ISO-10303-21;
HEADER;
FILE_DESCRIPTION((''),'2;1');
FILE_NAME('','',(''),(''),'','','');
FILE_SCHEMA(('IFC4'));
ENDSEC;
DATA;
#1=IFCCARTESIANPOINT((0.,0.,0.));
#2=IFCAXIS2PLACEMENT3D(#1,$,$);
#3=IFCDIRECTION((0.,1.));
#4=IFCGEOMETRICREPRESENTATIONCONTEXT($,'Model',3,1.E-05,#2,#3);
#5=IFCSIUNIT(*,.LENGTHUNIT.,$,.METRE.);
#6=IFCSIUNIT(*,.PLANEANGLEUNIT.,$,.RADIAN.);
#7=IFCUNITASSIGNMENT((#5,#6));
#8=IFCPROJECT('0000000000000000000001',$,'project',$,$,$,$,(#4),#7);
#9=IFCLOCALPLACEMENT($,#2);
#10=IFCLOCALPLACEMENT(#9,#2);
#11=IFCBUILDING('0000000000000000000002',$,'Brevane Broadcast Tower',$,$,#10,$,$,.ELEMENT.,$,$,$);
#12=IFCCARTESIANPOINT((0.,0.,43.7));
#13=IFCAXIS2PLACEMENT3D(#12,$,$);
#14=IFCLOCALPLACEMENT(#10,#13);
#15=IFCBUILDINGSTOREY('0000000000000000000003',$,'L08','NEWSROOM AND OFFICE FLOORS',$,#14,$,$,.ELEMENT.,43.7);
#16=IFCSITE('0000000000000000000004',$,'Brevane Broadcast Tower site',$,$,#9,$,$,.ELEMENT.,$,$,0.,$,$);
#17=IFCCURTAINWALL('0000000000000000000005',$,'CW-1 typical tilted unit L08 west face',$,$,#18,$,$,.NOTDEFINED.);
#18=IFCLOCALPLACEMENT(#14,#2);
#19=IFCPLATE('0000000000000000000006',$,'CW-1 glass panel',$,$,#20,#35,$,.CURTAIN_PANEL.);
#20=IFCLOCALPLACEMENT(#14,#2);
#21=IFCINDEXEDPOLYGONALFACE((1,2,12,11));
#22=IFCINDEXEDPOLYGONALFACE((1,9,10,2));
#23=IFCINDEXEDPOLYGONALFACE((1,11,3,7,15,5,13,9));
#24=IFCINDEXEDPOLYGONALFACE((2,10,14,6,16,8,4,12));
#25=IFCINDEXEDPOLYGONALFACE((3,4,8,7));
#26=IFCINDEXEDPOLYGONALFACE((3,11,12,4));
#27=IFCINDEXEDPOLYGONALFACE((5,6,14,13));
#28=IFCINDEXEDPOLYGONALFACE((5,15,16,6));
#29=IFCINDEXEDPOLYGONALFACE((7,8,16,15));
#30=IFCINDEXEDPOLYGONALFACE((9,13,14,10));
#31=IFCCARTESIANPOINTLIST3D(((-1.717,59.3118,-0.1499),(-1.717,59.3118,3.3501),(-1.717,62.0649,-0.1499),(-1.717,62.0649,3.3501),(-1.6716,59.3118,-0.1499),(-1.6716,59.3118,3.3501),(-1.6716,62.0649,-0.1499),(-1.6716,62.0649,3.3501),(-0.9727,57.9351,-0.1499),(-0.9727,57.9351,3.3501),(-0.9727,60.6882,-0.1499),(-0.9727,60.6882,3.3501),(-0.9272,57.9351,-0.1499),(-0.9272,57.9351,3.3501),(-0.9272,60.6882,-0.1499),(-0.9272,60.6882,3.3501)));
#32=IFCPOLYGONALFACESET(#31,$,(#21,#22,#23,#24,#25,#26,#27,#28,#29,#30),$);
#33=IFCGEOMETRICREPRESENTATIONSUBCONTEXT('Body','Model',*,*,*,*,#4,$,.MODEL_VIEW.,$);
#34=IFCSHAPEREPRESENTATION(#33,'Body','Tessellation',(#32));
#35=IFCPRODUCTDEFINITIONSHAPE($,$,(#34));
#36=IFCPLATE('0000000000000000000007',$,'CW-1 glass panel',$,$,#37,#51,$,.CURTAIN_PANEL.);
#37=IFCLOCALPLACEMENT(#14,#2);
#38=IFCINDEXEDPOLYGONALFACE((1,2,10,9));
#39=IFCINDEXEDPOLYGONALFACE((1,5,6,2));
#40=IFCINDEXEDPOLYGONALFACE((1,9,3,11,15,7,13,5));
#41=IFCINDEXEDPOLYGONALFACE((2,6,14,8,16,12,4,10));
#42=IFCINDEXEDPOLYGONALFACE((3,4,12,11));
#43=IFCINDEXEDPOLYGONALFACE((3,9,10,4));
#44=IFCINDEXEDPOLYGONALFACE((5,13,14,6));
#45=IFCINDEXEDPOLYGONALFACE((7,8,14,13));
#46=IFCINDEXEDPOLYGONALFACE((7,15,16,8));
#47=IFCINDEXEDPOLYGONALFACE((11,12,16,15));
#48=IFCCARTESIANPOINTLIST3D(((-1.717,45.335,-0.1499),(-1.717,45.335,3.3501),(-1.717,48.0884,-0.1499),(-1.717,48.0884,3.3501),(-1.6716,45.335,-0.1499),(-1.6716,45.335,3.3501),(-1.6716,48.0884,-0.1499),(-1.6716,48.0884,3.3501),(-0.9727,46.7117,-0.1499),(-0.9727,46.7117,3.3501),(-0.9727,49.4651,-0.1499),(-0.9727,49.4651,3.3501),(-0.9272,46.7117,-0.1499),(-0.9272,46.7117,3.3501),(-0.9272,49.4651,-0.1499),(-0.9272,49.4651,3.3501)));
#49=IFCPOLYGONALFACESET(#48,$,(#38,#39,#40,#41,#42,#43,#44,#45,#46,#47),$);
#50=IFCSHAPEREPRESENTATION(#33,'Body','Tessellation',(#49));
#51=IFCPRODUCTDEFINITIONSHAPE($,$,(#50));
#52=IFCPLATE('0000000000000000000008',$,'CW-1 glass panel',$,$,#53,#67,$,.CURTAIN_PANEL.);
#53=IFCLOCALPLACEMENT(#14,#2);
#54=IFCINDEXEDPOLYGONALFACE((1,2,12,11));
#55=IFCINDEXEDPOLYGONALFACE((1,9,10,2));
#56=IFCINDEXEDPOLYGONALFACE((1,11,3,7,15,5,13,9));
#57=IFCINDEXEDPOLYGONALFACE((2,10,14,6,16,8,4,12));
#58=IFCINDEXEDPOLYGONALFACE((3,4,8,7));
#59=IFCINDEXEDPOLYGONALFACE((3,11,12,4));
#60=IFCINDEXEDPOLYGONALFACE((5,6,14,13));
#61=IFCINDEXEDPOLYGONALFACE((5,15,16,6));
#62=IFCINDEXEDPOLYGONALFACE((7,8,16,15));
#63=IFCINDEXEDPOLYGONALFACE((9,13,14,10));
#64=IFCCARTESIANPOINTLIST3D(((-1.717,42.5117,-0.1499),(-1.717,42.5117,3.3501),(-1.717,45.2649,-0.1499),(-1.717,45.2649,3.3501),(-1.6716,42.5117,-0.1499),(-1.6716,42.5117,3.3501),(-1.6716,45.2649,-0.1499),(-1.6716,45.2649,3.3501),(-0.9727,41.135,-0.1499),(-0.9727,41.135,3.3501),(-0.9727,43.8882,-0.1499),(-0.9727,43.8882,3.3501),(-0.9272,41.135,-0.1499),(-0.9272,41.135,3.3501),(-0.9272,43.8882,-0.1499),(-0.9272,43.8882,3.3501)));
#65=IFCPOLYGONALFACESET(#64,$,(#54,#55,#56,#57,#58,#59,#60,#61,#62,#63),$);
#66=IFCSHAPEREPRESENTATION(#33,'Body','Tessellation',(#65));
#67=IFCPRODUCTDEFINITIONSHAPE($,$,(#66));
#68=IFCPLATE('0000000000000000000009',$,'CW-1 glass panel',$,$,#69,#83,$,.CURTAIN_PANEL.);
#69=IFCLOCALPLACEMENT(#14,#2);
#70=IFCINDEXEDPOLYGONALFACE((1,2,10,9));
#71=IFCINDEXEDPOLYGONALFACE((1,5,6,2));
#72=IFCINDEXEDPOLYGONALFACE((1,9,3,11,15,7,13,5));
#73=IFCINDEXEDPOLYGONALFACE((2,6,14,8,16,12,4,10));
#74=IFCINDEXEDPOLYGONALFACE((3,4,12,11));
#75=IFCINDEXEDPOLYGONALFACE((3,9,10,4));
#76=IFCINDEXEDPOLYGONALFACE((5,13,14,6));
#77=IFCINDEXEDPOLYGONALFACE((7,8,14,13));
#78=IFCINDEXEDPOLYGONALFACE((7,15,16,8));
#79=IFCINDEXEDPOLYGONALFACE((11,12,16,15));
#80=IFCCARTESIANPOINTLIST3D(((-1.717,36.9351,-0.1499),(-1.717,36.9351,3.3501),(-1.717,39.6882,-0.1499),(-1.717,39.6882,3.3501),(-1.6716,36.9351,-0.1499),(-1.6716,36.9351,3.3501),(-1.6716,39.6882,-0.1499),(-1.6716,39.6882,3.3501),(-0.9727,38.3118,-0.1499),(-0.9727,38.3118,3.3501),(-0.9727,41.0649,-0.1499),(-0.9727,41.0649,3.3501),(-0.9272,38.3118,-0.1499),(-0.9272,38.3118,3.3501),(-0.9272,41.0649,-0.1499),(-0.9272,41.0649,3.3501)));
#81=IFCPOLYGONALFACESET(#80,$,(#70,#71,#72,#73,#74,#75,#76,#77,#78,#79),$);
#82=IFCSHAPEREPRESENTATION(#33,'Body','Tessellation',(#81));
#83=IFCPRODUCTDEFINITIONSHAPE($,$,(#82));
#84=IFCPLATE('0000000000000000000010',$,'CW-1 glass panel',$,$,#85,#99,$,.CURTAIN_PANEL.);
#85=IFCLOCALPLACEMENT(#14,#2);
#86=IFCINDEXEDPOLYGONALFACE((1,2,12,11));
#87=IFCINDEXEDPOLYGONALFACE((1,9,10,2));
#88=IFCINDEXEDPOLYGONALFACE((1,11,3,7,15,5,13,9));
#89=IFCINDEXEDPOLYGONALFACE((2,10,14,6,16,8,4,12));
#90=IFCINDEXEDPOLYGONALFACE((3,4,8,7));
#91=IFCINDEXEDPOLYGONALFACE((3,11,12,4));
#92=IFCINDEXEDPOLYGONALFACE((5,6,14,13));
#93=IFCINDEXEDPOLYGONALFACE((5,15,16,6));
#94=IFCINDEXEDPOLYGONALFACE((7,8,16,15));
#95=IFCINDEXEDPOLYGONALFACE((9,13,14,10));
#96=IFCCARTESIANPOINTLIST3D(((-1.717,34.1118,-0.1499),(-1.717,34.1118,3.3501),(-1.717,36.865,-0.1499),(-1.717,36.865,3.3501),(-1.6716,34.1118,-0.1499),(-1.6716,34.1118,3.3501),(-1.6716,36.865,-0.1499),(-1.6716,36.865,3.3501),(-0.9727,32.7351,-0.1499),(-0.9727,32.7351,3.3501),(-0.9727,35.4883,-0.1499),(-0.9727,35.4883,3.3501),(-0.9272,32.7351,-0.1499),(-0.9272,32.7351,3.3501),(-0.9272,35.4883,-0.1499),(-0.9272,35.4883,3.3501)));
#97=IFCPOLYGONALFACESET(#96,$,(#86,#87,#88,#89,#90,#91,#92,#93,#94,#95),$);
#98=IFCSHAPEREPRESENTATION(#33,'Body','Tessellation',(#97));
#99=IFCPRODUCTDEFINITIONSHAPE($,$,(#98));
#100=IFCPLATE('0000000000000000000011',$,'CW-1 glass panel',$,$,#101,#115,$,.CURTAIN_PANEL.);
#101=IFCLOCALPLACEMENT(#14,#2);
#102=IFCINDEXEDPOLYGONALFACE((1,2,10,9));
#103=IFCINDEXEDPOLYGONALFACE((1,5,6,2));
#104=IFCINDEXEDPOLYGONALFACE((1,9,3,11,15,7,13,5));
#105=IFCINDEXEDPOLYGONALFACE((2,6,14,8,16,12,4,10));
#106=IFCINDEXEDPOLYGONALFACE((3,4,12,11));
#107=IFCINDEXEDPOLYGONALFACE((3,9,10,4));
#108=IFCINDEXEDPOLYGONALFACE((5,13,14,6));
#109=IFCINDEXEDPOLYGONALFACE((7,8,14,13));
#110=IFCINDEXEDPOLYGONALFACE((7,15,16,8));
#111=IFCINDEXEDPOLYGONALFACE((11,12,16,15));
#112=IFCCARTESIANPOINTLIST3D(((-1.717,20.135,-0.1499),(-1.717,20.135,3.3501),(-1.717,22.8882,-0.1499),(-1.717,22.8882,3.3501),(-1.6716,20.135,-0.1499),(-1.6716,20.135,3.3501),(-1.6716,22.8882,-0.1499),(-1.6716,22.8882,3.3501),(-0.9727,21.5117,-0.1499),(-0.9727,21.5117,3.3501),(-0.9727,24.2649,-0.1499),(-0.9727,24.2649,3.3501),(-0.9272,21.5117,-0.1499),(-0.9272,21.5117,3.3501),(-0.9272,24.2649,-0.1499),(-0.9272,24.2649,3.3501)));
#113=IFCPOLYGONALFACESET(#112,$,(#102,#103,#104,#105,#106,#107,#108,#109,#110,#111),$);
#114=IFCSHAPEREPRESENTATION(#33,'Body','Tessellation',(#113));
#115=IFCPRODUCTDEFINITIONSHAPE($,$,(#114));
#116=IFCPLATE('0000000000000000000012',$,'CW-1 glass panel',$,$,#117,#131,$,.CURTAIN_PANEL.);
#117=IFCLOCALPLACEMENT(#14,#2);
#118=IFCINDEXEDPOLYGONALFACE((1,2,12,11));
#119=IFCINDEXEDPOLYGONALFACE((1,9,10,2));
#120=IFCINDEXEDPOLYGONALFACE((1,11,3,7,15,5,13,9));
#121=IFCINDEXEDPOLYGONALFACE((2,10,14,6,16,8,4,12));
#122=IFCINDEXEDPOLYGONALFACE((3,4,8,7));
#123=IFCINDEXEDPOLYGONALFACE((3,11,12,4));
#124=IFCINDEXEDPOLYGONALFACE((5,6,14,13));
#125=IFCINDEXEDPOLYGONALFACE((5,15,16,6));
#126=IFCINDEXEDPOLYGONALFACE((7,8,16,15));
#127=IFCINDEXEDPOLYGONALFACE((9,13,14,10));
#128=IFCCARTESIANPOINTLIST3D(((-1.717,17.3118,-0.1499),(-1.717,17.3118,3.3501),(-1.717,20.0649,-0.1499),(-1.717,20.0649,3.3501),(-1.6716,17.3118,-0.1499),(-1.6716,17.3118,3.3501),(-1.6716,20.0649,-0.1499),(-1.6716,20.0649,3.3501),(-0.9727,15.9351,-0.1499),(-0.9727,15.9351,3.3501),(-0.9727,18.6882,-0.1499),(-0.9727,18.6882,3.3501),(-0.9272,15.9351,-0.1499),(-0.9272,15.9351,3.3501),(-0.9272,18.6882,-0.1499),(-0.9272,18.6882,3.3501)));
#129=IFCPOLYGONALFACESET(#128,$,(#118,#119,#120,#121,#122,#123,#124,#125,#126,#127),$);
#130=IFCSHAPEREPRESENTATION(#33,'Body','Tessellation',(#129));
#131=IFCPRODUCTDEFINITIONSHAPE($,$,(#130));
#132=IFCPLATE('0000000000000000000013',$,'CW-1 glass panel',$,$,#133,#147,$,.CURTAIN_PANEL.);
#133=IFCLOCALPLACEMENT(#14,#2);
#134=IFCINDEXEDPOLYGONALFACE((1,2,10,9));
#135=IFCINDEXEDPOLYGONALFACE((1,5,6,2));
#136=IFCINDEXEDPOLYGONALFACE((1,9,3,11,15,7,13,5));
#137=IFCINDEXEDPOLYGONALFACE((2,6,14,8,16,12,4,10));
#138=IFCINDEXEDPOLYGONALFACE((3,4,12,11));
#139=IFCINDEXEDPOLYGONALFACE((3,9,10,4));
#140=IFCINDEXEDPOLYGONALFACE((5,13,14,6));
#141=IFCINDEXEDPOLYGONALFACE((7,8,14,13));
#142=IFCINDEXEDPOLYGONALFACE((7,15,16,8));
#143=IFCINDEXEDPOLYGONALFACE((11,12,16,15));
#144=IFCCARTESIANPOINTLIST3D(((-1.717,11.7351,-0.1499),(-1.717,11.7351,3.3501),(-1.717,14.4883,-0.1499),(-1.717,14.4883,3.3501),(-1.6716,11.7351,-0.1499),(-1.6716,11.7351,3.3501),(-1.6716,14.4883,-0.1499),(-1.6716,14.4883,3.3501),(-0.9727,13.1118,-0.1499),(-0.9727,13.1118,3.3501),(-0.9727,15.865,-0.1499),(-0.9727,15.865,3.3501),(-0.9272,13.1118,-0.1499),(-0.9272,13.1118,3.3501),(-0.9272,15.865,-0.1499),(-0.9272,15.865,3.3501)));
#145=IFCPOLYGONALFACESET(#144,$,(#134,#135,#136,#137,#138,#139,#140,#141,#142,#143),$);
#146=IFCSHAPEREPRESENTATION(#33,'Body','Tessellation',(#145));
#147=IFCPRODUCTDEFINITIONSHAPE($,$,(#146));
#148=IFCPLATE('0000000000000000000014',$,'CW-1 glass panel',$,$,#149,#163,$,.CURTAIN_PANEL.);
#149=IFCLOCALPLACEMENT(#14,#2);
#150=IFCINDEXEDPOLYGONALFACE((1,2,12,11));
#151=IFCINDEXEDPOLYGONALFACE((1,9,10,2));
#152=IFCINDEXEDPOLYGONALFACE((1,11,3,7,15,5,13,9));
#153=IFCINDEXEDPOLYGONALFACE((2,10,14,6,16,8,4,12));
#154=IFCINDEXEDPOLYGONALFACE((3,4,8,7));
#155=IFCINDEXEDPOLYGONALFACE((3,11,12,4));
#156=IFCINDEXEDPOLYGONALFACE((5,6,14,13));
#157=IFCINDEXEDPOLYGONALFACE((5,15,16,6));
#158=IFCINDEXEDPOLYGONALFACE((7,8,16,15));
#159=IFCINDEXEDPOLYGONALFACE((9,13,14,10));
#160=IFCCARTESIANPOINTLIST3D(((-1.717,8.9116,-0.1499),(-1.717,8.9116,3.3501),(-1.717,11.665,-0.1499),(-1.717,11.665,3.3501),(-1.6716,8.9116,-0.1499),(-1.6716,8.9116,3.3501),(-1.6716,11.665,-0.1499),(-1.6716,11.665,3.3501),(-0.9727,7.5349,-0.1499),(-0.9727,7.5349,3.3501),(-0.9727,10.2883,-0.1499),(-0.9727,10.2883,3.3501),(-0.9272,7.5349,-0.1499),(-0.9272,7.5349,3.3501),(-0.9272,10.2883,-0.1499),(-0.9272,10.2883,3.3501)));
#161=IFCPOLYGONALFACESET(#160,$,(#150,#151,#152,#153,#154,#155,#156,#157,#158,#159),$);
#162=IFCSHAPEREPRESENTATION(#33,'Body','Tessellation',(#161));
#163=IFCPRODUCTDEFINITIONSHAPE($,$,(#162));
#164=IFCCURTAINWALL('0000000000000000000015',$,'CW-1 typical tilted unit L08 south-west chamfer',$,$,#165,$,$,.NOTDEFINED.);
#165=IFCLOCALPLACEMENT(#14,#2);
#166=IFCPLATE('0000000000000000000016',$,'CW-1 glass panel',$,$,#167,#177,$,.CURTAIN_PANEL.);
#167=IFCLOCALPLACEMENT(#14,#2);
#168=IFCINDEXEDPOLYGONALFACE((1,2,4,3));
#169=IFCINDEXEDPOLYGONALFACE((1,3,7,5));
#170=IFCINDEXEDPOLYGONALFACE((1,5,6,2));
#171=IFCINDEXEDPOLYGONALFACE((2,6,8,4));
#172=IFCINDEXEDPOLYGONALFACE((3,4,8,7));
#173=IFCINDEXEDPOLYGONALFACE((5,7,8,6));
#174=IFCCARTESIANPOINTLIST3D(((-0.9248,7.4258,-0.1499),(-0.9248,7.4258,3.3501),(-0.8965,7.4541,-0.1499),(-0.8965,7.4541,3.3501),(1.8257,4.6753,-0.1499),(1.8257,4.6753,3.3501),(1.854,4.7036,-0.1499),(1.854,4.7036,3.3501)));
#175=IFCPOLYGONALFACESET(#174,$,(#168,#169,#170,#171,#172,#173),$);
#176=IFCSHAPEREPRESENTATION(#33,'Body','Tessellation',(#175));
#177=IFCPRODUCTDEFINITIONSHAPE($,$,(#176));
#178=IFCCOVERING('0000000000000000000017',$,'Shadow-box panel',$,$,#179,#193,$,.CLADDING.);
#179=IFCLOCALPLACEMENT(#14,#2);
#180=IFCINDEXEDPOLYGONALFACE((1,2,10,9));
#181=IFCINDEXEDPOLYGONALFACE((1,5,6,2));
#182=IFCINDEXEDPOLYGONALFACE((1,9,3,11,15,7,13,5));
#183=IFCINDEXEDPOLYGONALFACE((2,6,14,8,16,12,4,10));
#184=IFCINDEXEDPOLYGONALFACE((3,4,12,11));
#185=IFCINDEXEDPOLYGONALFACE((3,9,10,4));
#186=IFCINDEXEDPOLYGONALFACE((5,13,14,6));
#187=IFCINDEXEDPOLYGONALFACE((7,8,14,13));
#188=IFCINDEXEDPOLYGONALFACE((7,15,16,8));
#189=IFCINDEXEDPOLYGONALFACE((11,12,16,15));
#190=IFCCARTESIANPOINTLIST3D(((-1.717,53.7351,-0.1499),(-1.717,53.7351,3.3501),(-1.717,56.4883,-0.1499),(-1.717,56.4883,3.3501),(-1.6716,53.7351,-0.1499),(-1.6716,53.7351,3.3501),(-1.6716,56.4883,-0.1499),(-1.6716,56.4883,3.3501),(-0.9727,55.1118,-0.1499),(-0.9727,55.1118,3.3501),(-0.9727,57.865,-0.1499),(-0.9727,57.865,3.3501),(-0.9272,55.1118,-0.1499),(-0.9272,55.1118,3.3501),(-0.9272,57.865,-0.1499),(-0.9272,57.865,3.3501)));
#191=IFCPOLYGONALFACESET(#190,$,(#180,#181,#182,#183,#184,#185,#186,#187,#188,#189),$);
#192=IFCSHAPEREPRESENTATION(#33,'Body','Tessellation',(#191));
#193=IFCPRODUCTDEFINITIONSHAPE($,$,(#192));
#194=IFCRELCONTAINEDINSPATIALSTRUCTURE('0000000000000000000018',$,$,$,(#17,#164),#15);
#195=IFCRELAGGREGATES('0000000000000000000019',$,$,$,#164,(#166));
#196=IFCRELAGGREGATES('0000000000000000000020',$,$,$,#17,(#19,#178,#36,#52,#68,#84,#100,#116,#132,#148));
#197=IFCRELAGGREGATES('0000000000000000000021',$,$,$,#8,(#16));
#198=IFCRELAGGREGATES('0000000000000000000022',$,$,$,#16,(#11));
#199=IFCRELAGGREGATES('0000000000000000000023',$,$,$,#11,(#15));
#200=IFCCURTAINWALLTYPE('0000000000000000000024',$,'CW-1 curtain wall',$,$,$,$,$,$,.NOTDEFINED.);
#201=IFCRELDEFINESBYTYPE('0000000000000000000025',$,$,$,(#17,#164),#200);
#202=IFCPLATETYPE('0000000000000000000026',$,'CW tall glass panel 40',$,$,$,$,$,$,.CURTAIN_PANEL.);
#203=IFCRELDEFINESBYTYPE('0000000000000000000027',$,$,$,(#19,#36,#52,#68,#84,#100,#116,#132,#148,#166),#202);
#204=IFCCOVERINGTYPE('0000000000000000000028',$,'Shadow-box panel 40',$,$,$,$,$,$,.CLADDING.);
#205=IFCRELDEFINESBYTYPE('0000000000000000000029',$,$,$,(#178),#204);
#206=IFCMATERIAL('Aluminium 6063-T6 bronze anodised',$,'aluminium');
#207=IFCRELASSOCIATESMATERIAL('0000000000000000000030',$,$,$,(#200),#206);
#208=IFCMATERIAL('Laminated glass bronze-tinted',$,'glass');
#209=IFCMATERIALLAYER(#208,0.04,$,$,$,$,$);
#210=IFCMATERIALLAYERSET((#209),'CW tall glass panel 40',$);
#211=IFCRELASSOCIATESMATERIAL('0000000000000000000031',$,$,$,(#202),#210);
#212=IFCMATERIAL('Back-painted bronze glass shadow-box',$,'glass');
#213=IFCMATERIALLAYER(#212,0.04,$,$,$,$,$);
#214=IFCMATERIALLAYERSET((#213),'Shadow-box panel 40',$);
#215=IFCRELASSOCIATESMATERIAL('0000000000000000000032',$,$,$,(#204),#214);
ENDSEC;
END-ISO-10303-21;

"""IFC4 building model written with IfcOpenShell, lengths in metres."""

from ifc_helpers import new_model, si_unit, direction, frame, origin, place, context, subcontext, project, spatial, polyline, outline, extrude, material, layer, layer_set, type_object, element, aggregate, save


model = new_model("IFC4")

# Units and contexts
model_context = context("Model", 3, precision=1e-05, world=origin(), true_north=direction((0.0, 1.0)))
body_context = subcontext(model_context, "Body", "Model", "MODEL_VIEW")
ifc_project = project(units=[si_unit("LENGTHUNIT", "METRE"), si_unit("PLANEANGLEUNIT", "RADIAN")], contexts=[model_context])

# Site, building, storey
site_placement = place(None, origin())
site = spatial("IfcSite", under=ifc_project, at=site_placement, Name="Brevane Broadcast Tower site", CompositionType="ELEMENT", RefElevation=0.0)
building_placement = place(site_placement, origin())
building = spatial("IfcBuilding", under=site, at=building_placement, Name="Brevane Broadcast Tower", CompositionType="ELEMENT")
storey_placement = place(building_placement, frame((0.0, 0.0, 43.7)))
storey = spatial("IfcBuildingStorey", under=building, at=storey_placement, Name="L08", Description="NEWSROOM AND OFFICE FLOORS", CompositionType="ELEMENT", Elevation=43.7)

# Curtain wall, plates
ifc_material_1 = material(Name="Aluminium 6063-T6 bronze anodised", Category="aluminium")
curtain_wall_type = type_object("IfcCurtainWallType", Name="CW-1 curtain wall", PredefinedType="NOTDEFINED", material=ifc_material_1)
curtain_wall_1_placement = place(storey_placement, origin())
curtain_wall_1 = element("IfcCurtainWall", 1, at=curtain_wall_1_placement, inside=storey, type_object=curtain_wall_type, Name="CW-1 typical tilted unit L08 west face", PredefinedType="NOTDEFINED")
ifc_material_2 = material(Name="Laminated glass bronze-tinted", Category="glass")
ifc_layer_1 = layer(ifc_material_2, 0.04)
ifc_layer_set_1 = layer_set([ifc_layer_1], Name="CW tall glass panel 40")
plate_type = type_object("IfcPlateType", Name="CW tall glass panel 40", PredefinedType="CURTAIN_PANEL", material=ifc_layer_set_1)
plate_1_placement = place(storey_placement, frame((0.0, 0.0, -0.1499)))
plate_1 = element("IfcPlate", 2, at=plate_1_placement, type_object=plate_type, Name="CW-1 glass panel", PredefinedType="CURTAIN_PANEL", context=body_context, shape_type="SweptSolid", body=[
    extrude(outline(polyline([(-1.6716, 62.0649), (-1.717, 62.0649), (-0.9727, 60.6882), (-1.717, 59.3118), (-0.9727, 57.9351), (-0.9272, 57.9351), (-1.6716, 59.3118), (-0.9272, 60.6882), (-1.6716, 62.0649)])), origin(), (0.0, 0.0, 1.0), 3.5),
])
plate_2_placement = place(storey_placement, frame((0.0, 0.0, -0.1499)))
plate_2 = element("IfcPlate", 3, at=plate_2_placement, type_object=plate_type, Name="CW-1 glass panel", PredefinedType="CURTAIN_PANEL", context=body_context, shape_type="SweptSolid", body=[
    extrude(outline(polyline([(-0.9272, 49.4651), (-0.9727, 49.4651), (-1.717, 48.0884), (-0.9727, 46.7117), (-1.717, 45.335), (-1.6716, 45.335), (-0.9272, 46.7117), (-1.6716, 48.0884), (-0.9272, 49.4651)])), origin(), (0.0, 0.0, 1.0), 3.5),
])
plate_3_placement = place(storey_placement, frame((0.0, 0.0, -0.1499)))
plate_3 = element("IfcPlate", 4, at=plate_3_placement, type_object=plate_type, Name="CW-1 glass panel", PredefinedType="CURTAIN_PANEL", context=body_context, shape_type="SweptSolid", body=[
    extrude(outline(polyline([(-1.6716, 45.2649), (-1.717, 45.2649), (-0.9727, 43.8882), (-1.717, 42.5117), (-0.9727, 41.135), (-0.9272, 41.135), (-1.6716, 42.5117), (-0.9272, 43.8882), (-1.6716, 45.2649)])), origin(), (0.0, 0.0, 1.0), 3.5),
])
plate_4_placement = place(storey_placement, frame((0.0, 0.0, -0.1499)))
plate_4 = element("IfcPlate", 5, at=plate_4_placement, type_object=plate_type, Name="CW-1 glass panel", PredefinedType="CURTAIN_PANEL", context=body_context, shape_type="SweptSolid", body=[
    extrude(outline(polyline([(-0.9272, 41.0649), (-0.9727, 41.0649), (-1.717, 39.6882), (-0.9727, 38.3118), (-1.717, 36.9351), (-1.6716, 36.9351), (-0.9272, 38.3118), (-1.6716, 39.6882), (-0.9272, 41.0649)])), origin(), (0.0, 0.0, 1.0), 3.5),
])
plate_5_placement = place(storey_placement, frame((0.0, 0.0, -0.1499)))
plate_5 = element("IfcPlate", 6, at=plate_5_placement, type_object=plate_type, Name="CW-1 glass panel", PredefinedType="CURTAIN_PANEL", context=body_context, shape_type="SweptSolid", body=[
    extrude(outline(polyline([(-1.6716, 36.865), (-1.717, 36.865), (-0.9727, 35.4883), (-1.717, 34.1118), (-0.9727, 32.7351), (-0.9272, 32.7351), (-1.6716, 34.1118), (-0.9272, 35.4883), (-1.6716, 36.865)])), origin(), (0.0, 0.0, 1.0), 3.5),
])
plate_6_placement = place(storey_placement, frame((0.0, 0.0, -0.1499)))
plate_6 = element("IfcPlate", 7, at=plate_6_placement, type_object=plate_type, Name="CW-1 glass panel", PredefinedType="CURTAIN_PANEL", context=body_context, shape_type="SweptSolid", body=[
    extrude(outline(polyline([(-0.9272, 24.2649), (-0.9727, 24.2649), (-1.717, 22.8882), (-0.9727, 21.5117), (-1.717, 20.135), (-1.6716, 20.135), (-0.9272, 21.5117), (-1.6716, 22.8882), (-0.9272, 24.2649)])), origin(), (0.0, 0.0, 1.0), 3.5),
])
plate_7_placement = place(storey_placement, frame((0.0, 0.0, -0.1499)))
plate_7 = element("IfcPlate", 8, at=plate_7_placement, type_object=plate_type, Name="CW-1 glass panel", PredefinedType="CURTAIN_PANEL", context=body_context, shape_type="SweptSolid", body=[
    extrude(outline(polyline([(-1.6716, 20.0649), (-1.717, 20.0649), (-0.9727, 18.6882), (-1.717, 17.3118), (-0.9727, 15.9351), (-0.9272, 15.9351), (-1.6716, 17.3118), (-0.9272, 18.6882), (-1.6716, 20.0649)])), origin(), (0.0, 0.0, 1.0), 3.5),
])
plate_8_placement = place(storey_placement, frame((0.0, 0.0, -0.1499)))
plate_8 = element("IfcPlate", 9, at=plate_8_placement, type_object=plate_type, Name="CW-1 glass panel", PredefinedType="CURTAIN_PANEL", context=body_context, shape_type="SweptSolid", body=[
    extrude(outline(polyline([(-0.9272, 15.865), (-0.9727, 15.865), (-1.717, 14.4883), (-0.9727, 13.1118), (-1.717, 11.7351), (-1.6716, 11.7351), (-0.9272, 13.1118), (-1.6716, 14.4883), (-0.9272, 15.865)])), origin(), (0.0, 0.0, 1.0), 3.5),
])
plate_9_placement = place(storey_placement, frame((0.0, 0.0, -0.1499)))
plate_9 = element("IfcPlate", 10, at=plate_9_placement, type_object=plate_type, Name="CW-1 glass panel", PredefinedType="CURTAIN_PANEL", context=body_context, shape_type="SweptSolid", body=[
    extrude(outline(polyline([(-1.6716, 11.665), (-1.717, 11.665), (-0.9727, 10.2883), (-1.717, 8.9116), (-0.9727, 7.5349), (-0.9272, 7.5349), (-1.6716, 8.9116), (-0.9272, 10.2883), (-1.6716, 11.665)])), origin(), (0.0, 0.0, 1.0), 3.5),
])

# Curtain wall, plate
curtain_wall_2_placement = place(storey_placement, origin())
curtain_wall_2 = element("IfcCurtainWall", 11, at=curtain_wall_2_placement, inside=storey, type_object=curtain_wall_type, Name="CW-1 typical tilted unit L08 south-west chamfer", PredefinedType="NOTDEFINED")
plate_10_placement = place(storey_placement, frame((0.0, 0.0, -0.1499)))
plate_10 = element("IfcPlate", 12, at=plate_10_placement, type_object=plate_type, Name="CW-1 glass panel", PredefinedType="CURTAIN_PANEL", context=body_context, shape_type="SweptSolid", body=[
    extrude(outline(polyline([(-0.8965, 7.4541), (1.854, 4.7036), (1.8257, 4.6753), (-0.9248, 7.4258), (-0.8965, 7.4541)])), origin(), (0.0, 0.0, 1.0), 3.5),
])
aggregate(curtain_wall_2, [plate_10])

# Covering
ifc_material_3 = material(Name="Back-painted bronze glass shadow-box", Category="glass")
ifc_layer_2 = layer(ifc_material_3, 0.04)
ifc_layer_set_2 = layer_set([ifc_layer_2], Name="Shadow-box panel 40")
covering_type = type_object("IfcCoveringType", Name="Shadow-box panel 40", PredefinedType="CLADDING", material=ifc_layer_set_2)
covering_1_placement = place(storey_placement, frame((0.0, 0.0, -0.1499)))
covering_1 = element("IfcCovering", 13, at=covering_1_placement, type_object=covering_type, Name="Shadow-box panel", PredefinedType="CLADDING", context=body_context, shape_type="SweptSolid", body=[
    extrude(outline(polyline([(-0.9272, 57.865), (-0.9727, 57.865), (-1.717, 56.4883), (-0.9727, 55.1118), (-1.717, 53.7351), (-1.6716, 53.7351), (-0.9272, 55.1118), (-1.6716, 56.4883), (-0.9272, 57.865)])), origin(), (0.0, 0.0, 1.0), 3.5),
])
aggregate(curtain_wall_1, [plate_1, covering_1, plate_2, plate_3, plate_4, plate_5, plate_6, plate_7, plate_8, plate_9])

save(model, "model.ifc")
